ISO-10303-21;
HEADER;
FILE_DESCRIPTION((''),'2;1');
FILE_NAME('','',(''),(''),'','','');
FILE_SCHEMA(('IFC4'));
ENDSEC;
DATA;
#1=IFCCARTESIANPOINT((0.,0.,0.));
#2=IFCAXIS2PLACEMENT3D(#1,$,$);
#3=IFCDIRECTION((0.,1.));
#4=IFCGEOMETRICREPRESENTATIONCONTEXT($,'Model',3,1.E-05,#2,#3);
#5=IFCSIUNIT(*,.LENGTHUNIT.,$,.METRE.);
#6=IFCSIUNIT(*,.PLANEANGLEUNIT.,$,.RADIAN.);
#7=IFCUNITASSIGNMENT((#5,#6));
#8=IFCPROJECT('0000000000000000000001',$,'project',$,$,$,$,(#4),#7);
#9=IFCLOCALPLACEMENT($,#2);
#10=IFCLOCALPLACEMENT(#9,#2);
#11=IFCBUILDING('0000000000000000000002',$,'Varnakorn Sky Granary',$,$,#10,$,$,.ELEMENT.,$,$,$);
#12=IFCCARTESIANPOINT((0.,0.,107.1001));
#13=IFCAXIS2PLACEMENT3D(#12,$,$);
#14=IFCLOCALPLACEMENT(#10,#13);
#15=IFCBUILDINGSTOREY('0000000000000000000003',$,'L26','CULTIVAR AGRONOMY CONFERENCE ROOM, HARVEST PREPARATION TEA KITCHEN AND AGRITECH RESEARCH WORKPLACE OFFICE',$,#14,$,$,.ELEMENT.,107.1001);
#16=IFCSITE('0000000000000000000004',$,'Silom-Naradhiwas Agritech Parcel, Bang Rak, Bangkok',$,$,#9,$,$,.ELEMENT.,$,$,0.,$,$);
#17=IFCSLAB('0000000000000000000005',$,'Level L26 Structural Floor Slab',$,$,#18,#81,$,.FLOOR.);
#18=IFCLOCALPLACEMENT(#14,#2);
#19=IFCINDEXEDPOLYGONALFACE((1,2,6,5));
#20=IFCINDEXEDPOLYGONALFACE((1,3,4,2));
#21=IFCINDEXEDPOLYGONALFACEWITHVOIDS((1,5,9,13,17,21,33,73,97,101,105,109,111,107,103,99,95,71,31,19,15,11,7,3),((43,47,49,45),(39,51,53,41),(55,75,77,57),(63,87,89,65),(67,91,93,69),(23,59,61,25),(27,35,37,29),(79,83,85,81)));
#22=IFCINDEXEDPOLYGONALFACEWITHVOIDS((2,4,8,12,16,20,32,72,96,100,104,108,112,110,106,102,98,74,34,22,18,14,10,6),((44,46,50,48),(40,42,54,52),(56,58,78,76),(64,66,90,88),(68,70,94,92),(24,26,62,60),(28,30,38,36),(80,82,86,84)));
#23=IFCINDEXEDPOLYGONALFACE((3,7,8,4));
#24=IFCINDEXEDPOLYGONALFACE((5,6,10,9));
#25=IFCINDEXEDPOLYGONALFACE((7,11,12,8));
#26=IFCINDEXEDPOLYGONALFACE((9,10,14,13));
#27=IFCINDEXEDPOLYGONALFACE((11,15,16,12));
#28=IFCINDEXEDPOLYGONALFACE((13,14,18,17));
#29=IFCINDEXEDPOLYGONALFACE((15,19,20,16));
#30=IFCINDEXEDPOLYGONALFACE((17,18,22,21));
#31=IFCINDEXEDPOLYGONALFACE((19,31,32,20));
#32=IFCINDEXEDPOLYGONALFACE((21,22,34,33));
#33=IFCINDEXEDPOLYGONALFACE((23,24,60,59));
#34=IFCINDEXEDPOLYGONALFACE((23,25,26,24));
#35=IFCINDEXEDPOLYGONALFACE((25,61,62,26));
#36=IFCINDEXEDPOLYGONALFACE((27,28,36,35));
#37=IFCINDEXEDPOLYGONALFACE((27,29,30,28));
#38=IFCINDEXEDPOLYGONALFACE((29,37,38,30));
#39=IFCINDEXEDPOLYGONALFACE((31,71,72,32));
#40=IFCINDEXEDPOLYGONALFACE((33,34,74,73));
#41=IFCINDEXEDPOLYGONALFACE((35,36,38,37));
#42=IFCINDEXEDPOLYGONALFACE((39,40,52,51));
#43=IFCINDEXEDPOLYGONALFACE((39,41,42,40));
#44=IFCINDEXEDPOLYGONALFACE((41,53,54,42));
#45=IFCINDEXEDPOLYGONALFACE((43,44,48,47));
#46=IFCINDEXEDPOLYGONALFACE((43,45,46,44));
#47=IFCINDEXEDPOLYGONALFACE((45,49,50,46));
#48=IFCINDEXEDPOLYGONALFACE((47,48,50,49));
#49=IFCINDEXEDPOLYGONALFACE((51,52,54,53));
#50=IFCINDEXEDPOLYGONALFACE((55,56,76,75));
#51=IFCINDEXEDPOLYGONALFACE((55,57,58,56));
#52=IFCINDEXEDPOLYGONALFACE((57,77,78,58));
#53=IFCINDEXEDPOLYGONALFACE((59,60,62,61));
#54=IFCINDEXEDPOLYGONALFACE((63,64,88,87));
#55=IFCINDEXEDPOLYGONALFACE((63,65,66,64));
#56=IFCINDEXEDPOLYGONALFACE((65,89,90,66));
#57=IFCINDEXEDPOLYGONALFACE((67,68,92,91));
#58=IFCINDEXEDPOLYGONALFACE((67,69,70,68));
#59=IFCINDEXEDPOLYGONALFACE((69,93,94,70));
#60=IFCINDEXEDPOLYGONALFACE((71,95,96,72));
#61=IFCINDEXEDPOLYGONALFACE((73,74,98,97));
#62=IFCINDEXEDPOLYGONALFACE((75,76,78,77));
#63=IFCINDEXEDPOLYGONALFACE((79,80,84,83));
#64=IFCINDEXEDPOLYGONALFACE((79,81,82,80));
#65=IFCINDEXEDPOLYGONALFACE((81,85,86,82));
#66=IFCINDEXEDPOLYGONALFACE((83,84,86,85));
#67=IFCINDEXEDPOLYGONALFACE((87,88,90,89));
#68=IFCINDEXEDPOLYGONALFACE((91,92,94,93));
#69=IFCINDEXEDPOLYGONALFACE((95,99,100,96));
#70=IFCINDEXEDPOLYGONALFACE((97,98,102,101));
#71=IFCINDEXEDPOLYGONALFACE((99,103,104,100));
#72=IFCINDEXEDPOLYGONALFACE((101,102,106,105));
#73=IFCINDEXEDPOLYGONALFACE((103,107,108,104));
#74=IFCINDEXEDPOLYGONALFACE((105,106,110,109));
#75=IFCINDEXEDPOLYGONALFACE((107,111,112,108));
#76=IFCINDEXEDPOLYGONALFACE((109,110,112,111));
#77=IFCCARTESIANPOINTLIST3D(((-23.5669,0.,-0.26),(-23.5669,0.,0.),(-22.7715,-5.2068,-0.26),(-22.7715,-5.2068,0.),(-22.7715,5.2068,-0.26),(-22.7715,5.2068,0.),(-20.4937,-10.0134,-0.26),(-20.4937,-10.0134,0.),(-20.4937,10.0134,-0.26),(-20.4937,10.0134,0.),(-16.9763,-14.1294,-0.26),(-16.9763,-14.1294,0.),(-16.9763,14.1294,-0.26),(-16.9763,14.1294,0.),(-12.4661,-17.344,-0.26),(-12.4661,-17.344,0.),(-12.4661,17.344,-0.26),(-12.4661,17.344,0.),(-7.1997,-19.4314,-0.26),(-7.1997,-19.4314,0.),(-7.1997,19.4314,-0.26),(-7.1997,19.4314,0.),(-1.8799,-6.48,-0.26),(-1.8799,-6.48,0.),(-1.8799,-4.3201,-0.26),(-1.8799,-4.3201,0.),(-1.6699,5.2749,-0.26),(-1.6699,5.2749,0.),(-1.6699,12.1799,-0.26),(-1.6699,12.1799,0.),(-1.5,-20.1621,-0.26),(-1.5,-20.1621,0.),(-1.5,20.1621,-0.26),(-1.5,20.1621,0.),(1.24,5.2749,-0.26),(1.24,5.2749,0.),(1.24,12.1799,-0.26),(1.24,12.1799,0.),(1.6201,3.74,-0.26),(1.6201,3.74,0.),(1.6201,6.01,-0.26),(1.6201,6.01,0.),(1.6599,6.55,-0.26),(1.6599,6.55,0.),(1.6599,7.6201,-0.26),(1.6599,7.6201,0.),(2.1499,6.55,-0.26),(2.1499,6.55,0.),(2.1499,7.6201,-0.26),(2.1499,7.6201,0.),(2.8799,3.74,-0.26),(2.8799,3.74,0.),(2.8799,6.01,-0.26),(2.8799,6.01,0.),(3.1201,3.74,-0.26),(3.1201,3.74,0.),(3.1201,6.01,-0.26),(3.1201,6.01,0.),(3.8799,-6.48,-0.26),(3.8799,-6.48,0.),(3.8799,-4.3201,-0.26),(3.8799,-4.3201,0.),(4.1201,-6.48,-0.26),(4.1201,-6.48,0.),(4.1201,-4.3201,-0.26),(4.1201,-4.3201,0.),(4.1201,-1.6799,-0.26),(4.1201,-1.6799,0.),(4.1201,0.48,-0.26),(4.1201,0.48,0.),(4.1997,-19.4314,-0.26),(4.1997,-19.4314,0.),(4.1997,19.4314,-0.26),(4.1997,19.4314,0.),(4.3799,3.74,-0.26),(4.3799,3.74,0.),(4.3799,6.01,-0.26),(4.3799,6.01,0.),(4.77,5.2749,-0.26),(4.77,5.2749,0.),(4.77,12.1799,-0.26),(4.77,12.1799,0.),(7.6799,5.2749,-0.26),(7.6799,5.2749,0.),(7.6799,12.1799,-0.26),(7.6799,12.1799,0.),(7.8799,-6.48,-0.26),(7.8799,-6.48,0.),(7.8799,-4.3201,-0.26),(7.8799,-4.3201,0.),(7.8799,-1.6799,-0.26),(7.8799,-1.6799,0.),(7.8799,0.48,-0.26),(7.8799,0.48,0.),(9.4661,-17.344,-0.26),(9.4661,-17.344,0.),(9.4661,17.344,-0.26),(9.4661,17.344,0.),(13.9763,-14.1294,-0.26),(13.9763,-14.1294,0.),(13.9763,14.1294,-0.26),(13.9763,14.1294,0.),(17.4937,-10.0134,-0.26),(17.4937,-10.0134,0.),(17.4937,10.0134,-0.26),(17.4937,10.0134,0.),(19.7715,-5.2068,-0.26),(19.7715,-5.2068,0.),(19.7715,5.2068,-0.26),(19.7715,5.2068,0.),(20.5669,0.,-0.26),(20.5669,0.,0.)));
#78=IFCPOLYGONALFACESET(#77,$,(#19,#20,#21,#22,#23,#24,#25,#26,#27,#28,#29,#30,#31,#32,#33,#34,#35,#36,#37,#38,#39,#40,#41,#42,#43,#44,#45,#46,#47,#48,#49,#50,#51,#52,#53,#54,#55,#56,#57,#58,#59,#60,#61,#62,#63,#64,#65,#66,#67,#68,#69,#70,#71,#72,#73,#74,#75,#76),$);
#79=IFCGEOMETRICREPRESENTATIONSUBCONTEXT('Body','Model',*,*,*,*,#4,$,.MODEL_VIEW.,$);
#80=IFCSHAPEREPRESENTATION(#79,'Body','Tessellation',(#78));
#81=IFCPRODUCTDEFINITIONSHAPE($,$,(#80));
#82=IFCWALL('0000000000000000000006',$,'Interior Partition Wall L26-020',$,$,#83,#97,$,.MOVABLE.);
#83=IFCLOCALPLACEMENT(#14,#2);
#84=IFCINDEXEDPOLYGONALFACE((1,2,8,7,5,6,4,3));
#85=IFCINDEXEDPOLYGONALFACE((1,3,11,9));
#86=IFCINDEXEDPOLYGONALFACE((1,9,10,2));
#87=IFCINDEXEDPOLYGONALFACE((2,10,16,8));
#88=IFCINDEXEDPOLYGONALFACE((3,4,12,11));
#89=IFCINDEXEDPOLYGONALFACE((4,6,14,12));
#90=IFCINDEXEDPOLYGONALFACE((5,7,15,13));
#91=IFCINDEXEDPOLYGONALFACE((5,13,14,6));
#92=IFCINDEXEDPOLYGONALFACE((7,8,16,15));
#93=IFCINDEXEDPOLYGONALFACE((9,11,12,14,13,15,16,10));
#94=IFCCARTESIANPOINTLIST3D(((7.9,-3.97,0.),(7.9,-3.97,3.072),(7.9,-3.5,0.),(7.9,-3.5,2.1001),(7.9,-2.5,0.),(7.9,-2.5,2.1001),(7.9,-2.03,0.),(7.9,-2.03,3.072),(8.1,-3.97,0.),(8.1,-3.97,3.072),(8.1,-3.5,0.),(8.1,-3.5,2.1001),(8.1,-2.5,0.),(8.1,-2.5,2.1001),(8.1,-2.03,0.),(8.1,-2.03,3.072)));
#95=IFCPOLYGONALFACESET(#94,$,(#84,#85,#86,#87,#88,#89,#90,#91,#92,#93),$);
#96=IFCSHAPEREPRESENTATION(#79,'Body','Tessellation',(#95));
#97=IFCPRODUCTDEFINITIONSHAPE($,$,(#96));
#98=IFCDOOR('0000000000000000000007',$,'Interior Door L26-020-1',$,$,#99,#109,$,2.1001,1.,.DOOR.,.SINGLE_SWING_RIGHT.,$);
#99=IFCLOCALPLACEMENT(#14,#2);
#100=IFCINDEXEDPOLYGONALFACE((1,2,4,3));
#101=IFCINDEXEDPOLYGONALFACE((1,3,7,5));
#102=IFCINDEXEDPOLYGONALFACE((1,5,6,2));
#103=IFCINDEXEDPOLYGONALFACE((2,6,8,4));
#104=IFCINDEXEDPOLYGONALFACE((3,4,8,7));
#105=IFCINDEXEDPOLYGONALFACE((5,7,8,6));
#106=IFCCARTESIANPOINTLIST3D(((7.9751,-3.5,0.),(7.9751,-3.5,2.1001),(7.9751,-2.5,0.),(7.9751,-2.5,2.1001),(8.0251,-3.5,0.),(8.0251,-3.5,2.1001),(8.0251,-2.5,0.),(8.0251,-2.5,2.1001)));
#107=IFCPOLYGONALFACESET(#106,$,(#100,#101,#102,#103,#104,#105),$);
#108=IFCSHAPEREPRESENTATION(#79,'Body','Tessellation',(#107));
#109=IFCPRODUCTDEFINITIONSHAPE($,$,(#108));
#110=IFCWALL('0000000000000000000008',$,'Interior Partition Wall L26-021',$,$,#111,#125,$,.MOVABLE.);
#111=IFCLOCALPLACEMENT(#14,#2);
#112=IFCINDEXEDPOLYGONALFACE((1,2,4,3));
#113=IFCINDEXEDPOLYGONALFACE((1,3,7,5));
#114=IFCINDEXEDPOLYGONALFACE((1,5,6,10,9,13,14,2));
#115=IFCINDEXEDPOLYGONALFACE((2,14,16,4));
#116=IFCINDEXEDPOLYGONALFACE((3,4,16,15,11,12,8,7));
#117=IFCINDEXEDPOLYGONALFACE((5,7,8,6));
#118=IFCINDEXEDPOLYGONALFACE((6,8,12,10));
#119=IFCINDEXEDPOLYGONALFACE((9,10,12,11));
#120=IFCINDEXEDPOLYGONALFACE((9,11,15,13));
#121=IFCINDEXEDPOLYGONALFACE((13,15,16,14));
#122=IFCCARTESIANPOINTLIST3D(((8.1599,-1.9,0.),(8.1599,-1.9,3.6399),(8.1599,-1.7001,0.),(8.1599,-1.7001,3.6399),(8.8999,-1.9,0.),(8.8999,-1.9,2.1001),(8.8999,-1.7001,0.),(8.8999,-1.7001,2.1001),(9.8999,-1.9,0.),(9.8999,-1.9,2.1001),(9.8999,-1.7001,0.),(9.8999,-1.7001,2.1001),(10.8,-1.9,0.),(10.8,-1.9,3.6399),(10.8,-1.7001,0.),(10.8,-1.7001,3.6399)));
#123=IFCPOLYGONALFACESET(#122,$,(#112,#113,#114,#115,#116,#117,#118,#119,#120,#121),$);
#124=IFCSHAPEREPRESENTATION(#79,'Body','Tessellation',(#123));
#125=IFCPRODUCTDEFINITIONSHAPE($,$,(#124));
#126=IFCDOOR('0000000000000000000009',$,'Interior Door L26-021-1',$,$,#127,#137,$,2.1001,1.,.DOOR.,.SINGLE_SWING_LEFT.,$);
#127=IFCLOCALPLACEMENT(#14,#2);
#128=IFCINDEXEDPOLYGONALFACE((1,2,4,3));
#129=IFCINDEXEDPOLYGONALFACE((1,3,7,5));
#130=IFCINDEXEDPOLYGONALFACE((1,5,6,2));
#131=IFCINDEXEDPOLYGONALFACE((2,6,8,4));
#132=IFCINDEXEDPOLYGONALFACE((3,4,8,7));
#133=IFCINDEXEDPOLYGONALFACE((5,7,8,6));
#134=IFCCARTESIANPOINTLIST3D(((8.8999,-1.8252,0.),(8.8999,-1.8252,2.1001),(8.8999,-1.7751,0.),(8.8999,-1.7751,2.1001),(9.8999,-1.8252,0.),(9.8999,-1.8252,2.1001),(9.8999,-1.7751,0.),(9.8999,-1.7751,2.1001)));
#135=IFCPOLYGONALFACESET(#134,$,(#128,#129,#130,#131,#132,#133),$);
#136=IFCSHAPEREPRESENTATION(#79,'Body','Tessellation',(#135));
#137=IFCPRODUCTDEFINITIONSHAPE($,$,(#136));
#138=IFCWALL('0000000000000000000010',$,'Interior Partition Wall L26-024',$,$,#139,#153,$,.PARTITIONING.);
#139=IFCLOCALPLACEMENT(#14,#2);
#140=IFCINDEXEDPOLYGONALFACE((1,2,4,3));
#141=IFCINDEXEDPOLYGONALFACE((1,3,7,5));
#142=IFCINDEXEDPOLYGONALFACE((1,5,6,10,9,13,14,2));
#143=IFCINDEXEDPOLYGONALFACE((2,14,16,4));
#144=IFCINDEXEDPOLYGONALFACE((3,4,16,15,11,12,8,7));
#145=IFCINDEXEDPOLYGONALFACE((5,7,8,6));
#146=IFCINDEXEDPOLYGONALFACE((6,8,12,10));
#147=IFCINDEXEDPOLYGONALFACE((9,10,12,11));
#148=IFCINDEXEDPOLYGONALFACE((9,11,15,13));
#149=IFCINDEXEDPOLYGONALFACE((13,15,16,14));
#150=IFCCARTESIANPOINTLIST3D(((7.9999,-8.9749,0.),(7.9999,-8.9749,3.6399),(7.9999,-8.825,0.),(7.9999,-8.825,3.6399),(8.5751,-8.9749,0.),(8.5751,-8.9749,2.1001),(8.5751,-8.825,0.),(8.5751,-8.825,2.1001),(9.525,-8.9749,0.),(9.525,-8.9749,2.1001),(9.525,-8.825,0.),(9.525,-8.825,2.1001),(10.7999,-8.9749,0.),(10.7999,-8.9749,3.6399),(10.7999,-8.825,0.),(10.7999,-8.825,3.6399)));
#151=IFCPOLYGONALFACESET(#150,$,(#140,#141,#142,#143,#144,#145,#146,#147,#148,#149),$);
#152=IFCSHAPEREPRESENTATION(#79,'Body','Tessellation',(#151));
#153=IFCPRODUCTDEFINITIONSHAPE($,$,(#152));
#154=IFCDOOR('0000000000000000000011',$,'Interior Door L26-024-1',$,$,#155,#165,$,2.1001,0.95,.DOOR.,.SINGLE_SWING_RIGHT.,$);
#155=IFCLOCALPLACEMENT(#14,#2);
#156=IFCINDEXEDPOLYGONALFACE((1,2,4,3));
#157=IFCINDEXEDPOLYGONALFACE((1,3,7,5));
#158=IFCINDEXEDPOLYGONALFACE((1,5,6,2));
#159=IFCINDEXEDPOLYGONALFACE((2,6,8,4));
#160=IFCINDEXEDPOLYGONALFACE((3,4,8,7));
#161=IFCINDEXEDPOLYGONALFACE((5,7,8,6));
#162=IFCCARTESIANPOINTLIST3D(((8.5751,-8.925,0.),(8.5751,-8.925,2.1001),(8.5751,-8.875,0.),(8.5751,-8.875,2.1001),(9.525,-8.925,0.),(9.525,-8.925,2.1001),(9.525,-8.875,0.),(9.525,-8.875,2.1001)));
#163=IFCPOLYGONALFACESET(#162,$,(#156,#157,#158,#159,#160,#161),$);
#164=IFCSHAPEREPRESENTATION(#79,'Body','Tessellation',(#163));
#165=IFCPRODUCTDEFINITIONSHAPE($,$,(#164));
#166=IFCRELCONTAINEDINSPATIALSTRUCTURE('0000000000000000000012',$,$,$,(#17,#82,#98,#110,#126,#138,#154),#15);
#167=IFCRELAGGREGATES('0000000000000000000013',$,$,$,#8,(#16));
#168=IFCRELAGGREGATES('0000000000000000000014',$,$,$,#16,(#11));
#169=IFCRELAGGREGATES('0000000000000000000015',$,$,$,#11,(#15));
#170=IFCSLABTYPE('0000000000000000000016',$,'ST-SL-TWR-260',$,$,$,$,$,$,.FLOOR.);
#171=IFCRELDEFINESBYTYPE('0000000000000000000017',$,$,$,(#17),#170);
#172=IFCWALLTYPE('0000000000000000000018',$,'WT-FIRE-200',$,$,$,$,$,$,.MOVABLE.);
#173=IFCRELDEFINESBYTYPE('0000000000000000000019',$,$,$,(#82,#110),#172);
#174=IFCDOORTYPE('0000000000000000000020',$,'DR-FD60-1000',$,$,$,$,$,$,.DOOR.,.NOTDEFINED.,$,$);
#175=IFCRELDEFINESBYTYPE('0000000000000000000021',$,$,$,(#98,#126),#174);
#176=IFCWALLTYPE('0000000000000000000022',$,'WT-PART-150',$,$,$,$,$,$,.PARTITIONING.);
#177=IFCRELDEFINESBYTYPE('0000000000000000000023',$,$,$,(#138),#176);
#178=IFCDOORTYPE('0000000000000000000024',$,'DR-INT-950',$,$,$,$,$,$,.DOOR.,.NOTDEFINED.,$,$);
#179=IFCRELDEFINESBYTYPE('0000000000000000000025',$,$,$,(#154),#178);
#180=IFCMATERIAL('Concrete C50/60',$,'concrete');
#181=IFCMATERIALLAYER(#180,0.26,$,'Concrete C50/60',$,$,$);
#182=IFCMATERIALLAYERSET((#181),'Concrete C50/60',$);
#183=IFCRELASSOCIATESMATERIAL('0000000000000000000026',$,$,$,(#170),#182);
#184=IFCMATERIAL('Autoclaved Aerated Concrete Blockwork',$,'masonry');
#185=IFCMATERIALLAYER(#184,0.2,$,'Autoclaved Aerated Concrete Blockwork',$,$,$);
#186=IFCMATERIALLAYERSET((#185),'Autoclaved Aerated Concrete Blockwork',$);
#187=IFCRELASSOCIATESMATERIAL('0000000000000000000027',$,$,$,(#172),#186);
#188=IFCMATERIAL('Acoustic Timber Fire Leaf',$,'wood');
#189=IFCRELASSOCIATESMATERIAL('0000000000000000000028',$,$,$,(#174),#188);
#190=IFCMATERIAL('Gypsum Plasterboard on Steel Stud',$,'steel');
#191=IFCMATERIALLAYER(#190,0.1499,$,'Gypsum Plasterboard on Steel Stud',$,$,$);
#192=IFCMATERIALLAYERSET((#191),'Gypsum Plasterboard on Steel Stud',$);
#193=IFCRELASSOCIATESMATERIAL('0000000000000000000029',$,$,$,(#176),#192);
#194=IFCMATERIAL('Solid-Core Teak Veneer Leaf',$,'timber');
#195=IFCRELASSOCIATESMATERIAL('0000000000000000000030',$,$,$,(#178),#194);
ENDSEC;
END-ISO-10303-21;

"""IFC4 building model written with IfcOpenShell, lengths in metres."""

from ifc_helpers import new_model, si_unit, direction, frame, frame_2d, origin, place, context, subcontext, project, spatial, polyline, rectangle, outline, extrude, material, layer, layer_set, type_object, element, fill, save


model = new_model("IFC4")

# Units and contexts
model_context = context("Model", 3, precision=1e-05, world=origin(), true_north=direction((0.0, 1.0)))
body_context = subcontext(model_context, "Body", "Model", "MODEL_VIEW")
ifc_project = project(units=[si_unit("LENGTHUNIT", "METRE"), si_unit("PLANEANGLEUNIT", "RADIAN")], contexts=[model_context])

# Site, building, storey
site_placement = place(None, origin())
site = spatial("IfcSite", under=ifc_project, at=site_placement, Name="Silom-Naradhiwas Agritech Parcel, Bang Rak, Bangkok", CompositionType="ELEMENT", RefElevation=0.0)
building_placement = place(site_placement, origin())
building = spatial("IfcBuilding", under=site, at=building_placement, Name="Varnakorn Sky Granary", CompositionType="ELEMENT")
storey_placement = place(building_placement, frame((0.0, 0.0, 107.1001)))
storey = spatial("IfcBuildingStorey", under=building, at=storey_placement, Name="L26", Description="CULTIVAR AGRONOMY CONFERENCE ROOM, HARVEST PREPARATION TEA KITCHEN AND AGRITECH RESEARCH WORKPLACE OFFICE", CompositionType="ELEMENT", Elevation=107.1001)

# Slab
ifc_material_1 = material(Name="Concrete C50/60", Category="concrete")
ifc_layer_1 = layer(ifc_material_1, 0.26, Name="Concrete C50/60")
ifc_layer_set_1 = layer_set([ifc_layer_1], Name="Concrete C50/60")
slab_type_1 = type_object("IfcSlabType", Name="ST-SL-TWR-260", PredefinedType="FLOOR", material=ifc_layer_set_1)
slab_1_placement = place(storey_placement, frame((0.0, 0.0, -0.26)))
element("IfcSlab", 1, at=slab_1_placement, inside=storey, type_object=slab_type_1, Name="Level L26 Structural Floor Slab", PredefinedType="FLOOR", context=body_context, shape_type="SweptSolid", body=[
    extrude(outline(polyline([(20.5669, 0.0), (19.7715, 5.2068), (17.4937, 10.0134), (13.9763, 14.1294), (9.4661, 17.344), (4.1997, 19.4314), (-1.5, 20.1621), (-7.1997, 19.4314), (-12.4661, 17.344), (-16.9763, 14.1294), (-20.4937, 10.0134), (-22.7715, 5.2068), (-23.5669, 0.0), (-22.7715, -5.2068), (-20.4937, -10.0134), (-16.9763, -14.1294), (-12.4661, -17.344), (-7.1997, -19.4314), (-1.5, -20.1621), (4.1997, -19.4314), (9.4661, -17.344), (13.9763, -14.1294), (17.4937, -10.0134), (19.7715, -5.2068), (20.5669, 0.0)]), holes=[polyline([(1.24, 5.2749), (1.24, 12.1799), (-1.6699, 12.1799), (-1.6699, 5.2749), (1.24, 5.2749)]), polyline([(7.6799, 5.2749), (7.6799, 12.1799), (4.77, 12.1799), (4.77, 5.2749), (7.6799, 5.2749)]), polyline([(1.6599, 6.55), (2.1499, 6.55), (2.1499, 7.6201), (1.6599, 7.6201), (1.6599, 6.55)]), polyline([(1.6201, 3.74), (2.8799, 3.74), (2.8799, 6.01), (1.6201, 6.01), (1.6201, 3.74)]), polyline([(3.1201, 3.74), (4.3799, 3.74), (4.3799, 6.01), (3.1201, 6.01), (3.1201, 3.74)]), polyline([(4.1201, -1.6799), (7.8799, -1.6799), (7.8799, 0.48), (4.1201, 0.48), (4.1201, -1.6799)]), polyline([(-1.8799, -6.48), (3.8799, -6.48), (3.8799, -4.3201), (-1.8799, -4.3201), (-1.8799, -6.48)]), polyline([(4.1201, -6.48), (7.8799, -6.48), (7.8799, -4.3201), (4.1201, -4.3201), (4.1201, -6.48)])]), origin(), (0.0, 0.0, 1.0), 0.26),
])

# Walls, openings, doors
ifc_material_2 = material(Name="Autoclaved Aerated Concrete Blockwork", Category="masonry")
ifc_layer_2 = layer(ifc_material_2, 0.2, Name="Autoclaved Aerated Concrete Blockwork")
ifc_layer_set_2 = layer_set([ifc_layer_2], Name="Autoclaved Aerated Concrete Blockwork")
wall_type_1 = type_object("IfcWallType", Name="WT-FIRE-200", PredefinedType="MOVABLE", material=ifc_layer_set_2)
wall_1_placement = place(storey_placement, frame((8.0, -3.97, 0.0), z_axis=(0.0, 0.0, 1.0), x_axis=(0.0, 1.0, 0.0)))
wall_1 = element("IfcWall", 2, at=wall_1_placement, inside=storey, type_object=wall_type_1, Name="Interior Partition Wall L26-020", PredefinedType="MOVABLE", context=body_context, shape_type="SweptSolid", body=[
    extrude(rectangle(XDim=1.9399, YDim=0.2, at=frame_2d((0.97, 0.0))), origin(), (0.0, 0.0, 1.0), 3.072),
])
opening_1_placement = place(wall_1_placement, frame((0.47, 0.0, 0.0)))
opening_1 = element("IfcOpeningElement", 3, at=opening_1_placement, cuts=wall_1, PredefinedType="OPENING", context=body_context, shape_type="SweptSolid", body=[
    extrude(rectangle(XDim=1.0, YDim=2.1001, at=frame_2d((0.5, 1.05))), frame((0.0, 0.1099, 0.0), z_axis=(0.0, -1.0, 0.0), x_axis=(1.0, 0.0, 0.0)), (0.0, 0.0, 1.0), 0.22),
])
ifc_material_3 = material(Name="Acoustic Timber Fire Leaf", Category="wood")
door_type_1 = type_object("IfcDoorType", Name="DR-FD60-1000", OperationType="NOTDEFINED", PredefinedType="DOOR", material=ifc_material_3)
door_1_placement = place(opening_1_placement, origin())
door_1 = element("IfcDoor", 4, at=door_1_placement, inside=storey, type_object=door_type_1, Name="Interior Door L26-020-1", OperationType="SINGLE_SWING_RIGHT", OverallHeight=2.1001, OverallWidth=1.0, PredefinedType="DOOR", context=body_context, shape_type="SweptSolid", body=[
    extrude(rectangle(XDim=1.0, YDim=2.1001, at=frame_2d((0.5, 1.05))), frame((0.0, 0.0249, 0.0), z_axis=(0.0, -1.0, 0.0), x_axis=(1.0, 0.0, 0.0)), (0.0, 0.0, 1.0), 0.05),
])
fill(opening_1, door_1)
wall_2_placement = place(storey_placement, frame((8.1599, -1.8, 0.0), z_axis=(0.0, 0.0, 1.0), x_axis=(1.0, 0.0, 0.0)))
wall_2 = element("IfcWall", 5, at=wall_2_placement, inside=storey, type_object=wall_type_1, Name="Interior Partition Wall L26-021", PredefinedType="MOVABLE", context=body_context, shape_type="SweptSolid", body=[
    extrude(rectangle(XDim=2.6401, YDim=0.2, at=frame_2d((1.3201, 0.0))), origin(), (0.0, 0.0, 1.0), 3.6399),
])
opening_2_placement = place(wall_2_placement, frame((0.74, 0.0, 0.0)))
opening_2 = element("IfcOpeningElement", 6, at=opening_2_placement, cuts=wall_2, PredefinedType="OPENING", context=body_context, shape_type="SweptSolid", body=[
    extrude(rectangle(XDim=1.0, YDim=2.1001, at=frame_2d((0.5, 1.05))), frame((0.0, 0.1099, 0.0), z_axis=(0.0, -1.0, 0.0), x_axis=(1.0, 0.0, 0.0)), (0.0, 0.0, 1.0), 0.22),
])
door_2_placement = place(opening_2_placement, origin())
door_2 = element("IfcDoor", 7, at=door_2_placement, inside=storey, type_object=door_type_1, Name="Interior Door L26-021-1", OperationType="SINGLE_SWING_LEFT", OverallHeight=2.1001, OverallWidth=1.0, PredefinedType="DOOR", context=body_context, shape_type="SweptSolid", body=[
    extrude(rectangle(XDim=1.0, YDim=2.1001, at=frame_2d((0.5, 1.05))), frame((0.0, 0.0249, 0.0), z_axis=(0.0, -1.0, 0.0), x_axis=(1.0, 0.0, 0.0)), (0.0, 0.0, 1.0), 0.05),
])
fill(opening_2, door_2)
ifc_material_4 = material(Name="Gypsum Plasterboard on Steel Stud", Category="steel")
ifc_layer_3 = layer(ifc_material_4, 0.1499, Name="Gypsum Plasterboard on Steel Stud")
ifc_layer_set_3 = layer_set([ifc_layer_3], Name="Gypsum Plasterboard on Steel Stud")
wall_type_2 = type_object("IfcWallType", Name="WT-PART-150", PredefinedType="PARTITIONING", material=ifc_layer_set_3)
wall_3_placement = place(storey_placement, frame((8.0, -8.8999, 0.0), z_axis=(0.0, 0.0, 1.0), x_axis=(1.0, 0.0, 0.0)))
wall_3 = element("IfcWall", 8, at=wall_3_placement, inside=storey, type_object=wall_type_2, Name="Interior Partition Wall L26-024", PredefinedType="PARTITIONING", context=body_context, shape_type="SweptSolid", body=[
    extrude(rectangle(XDim=2.8, YDim=0.1499, at=frame_2d((1.3999, 0.0))), origin(), (0.0, 0.0, 1.0), 3.6399),
])
opening_3_placement = place(wall_3_placement, frame((0.575, 0.0, 0.0)))
opening_3 = element("IfcOpeningElement", 9, at=opening_3_placement, cuts=wall_3, PredefinedType="OPENING", context=body_context, shape_type="SweptSolid", body=[
    extrude(rectangle(XDim=0.95, YDim=2.1001, at=frame_2d((0.4751, 1.05))), frame((0.0, 0.085, 0.0), z_axis=(0.0, -1.0, 0.0), x_axis=(1.0, 0.0, 0.0)), (0.0, 0.0, 1.0), 0.1699),
])
ifc_material_5 = material(Name="Solid-Core Teak Veneer Leaf", Category="timber")
door_type_2 = type_object("IfcDoorType", Name="DR-INT-950", OperationType="NOTDEFINED", PredefinedType="DOOR", material=ifc_material_5)
door_3_placement = place(opening_3_placement, origin())
door_3 = element("IfcDoor", 10, at=door_3_placement, inside=storey, type_object=door_type_2, Name="Interior Door L26-024-1", OperationType="SINGLE_SWING_RIGHT", OverallHeight=2.1001, OverallWidth=0.95, PredefinedType="DOOR", context=body_context, shape_type="SweptSolid", body=[
    extrude(rectangle(XDim=0.95, YDim=2.1001, at=frame_2d((0.4751, 1.05))), frame((0.0, 0.0249, 0.0), z_axis=(0.0, -1.0, 0.0), x_axis=(1.0, 0.0, 0.0)), (0.0, 0.0, 1.0), 0.05),
])
fill(opening_3, door_3)

save(model, "model.ifc")
